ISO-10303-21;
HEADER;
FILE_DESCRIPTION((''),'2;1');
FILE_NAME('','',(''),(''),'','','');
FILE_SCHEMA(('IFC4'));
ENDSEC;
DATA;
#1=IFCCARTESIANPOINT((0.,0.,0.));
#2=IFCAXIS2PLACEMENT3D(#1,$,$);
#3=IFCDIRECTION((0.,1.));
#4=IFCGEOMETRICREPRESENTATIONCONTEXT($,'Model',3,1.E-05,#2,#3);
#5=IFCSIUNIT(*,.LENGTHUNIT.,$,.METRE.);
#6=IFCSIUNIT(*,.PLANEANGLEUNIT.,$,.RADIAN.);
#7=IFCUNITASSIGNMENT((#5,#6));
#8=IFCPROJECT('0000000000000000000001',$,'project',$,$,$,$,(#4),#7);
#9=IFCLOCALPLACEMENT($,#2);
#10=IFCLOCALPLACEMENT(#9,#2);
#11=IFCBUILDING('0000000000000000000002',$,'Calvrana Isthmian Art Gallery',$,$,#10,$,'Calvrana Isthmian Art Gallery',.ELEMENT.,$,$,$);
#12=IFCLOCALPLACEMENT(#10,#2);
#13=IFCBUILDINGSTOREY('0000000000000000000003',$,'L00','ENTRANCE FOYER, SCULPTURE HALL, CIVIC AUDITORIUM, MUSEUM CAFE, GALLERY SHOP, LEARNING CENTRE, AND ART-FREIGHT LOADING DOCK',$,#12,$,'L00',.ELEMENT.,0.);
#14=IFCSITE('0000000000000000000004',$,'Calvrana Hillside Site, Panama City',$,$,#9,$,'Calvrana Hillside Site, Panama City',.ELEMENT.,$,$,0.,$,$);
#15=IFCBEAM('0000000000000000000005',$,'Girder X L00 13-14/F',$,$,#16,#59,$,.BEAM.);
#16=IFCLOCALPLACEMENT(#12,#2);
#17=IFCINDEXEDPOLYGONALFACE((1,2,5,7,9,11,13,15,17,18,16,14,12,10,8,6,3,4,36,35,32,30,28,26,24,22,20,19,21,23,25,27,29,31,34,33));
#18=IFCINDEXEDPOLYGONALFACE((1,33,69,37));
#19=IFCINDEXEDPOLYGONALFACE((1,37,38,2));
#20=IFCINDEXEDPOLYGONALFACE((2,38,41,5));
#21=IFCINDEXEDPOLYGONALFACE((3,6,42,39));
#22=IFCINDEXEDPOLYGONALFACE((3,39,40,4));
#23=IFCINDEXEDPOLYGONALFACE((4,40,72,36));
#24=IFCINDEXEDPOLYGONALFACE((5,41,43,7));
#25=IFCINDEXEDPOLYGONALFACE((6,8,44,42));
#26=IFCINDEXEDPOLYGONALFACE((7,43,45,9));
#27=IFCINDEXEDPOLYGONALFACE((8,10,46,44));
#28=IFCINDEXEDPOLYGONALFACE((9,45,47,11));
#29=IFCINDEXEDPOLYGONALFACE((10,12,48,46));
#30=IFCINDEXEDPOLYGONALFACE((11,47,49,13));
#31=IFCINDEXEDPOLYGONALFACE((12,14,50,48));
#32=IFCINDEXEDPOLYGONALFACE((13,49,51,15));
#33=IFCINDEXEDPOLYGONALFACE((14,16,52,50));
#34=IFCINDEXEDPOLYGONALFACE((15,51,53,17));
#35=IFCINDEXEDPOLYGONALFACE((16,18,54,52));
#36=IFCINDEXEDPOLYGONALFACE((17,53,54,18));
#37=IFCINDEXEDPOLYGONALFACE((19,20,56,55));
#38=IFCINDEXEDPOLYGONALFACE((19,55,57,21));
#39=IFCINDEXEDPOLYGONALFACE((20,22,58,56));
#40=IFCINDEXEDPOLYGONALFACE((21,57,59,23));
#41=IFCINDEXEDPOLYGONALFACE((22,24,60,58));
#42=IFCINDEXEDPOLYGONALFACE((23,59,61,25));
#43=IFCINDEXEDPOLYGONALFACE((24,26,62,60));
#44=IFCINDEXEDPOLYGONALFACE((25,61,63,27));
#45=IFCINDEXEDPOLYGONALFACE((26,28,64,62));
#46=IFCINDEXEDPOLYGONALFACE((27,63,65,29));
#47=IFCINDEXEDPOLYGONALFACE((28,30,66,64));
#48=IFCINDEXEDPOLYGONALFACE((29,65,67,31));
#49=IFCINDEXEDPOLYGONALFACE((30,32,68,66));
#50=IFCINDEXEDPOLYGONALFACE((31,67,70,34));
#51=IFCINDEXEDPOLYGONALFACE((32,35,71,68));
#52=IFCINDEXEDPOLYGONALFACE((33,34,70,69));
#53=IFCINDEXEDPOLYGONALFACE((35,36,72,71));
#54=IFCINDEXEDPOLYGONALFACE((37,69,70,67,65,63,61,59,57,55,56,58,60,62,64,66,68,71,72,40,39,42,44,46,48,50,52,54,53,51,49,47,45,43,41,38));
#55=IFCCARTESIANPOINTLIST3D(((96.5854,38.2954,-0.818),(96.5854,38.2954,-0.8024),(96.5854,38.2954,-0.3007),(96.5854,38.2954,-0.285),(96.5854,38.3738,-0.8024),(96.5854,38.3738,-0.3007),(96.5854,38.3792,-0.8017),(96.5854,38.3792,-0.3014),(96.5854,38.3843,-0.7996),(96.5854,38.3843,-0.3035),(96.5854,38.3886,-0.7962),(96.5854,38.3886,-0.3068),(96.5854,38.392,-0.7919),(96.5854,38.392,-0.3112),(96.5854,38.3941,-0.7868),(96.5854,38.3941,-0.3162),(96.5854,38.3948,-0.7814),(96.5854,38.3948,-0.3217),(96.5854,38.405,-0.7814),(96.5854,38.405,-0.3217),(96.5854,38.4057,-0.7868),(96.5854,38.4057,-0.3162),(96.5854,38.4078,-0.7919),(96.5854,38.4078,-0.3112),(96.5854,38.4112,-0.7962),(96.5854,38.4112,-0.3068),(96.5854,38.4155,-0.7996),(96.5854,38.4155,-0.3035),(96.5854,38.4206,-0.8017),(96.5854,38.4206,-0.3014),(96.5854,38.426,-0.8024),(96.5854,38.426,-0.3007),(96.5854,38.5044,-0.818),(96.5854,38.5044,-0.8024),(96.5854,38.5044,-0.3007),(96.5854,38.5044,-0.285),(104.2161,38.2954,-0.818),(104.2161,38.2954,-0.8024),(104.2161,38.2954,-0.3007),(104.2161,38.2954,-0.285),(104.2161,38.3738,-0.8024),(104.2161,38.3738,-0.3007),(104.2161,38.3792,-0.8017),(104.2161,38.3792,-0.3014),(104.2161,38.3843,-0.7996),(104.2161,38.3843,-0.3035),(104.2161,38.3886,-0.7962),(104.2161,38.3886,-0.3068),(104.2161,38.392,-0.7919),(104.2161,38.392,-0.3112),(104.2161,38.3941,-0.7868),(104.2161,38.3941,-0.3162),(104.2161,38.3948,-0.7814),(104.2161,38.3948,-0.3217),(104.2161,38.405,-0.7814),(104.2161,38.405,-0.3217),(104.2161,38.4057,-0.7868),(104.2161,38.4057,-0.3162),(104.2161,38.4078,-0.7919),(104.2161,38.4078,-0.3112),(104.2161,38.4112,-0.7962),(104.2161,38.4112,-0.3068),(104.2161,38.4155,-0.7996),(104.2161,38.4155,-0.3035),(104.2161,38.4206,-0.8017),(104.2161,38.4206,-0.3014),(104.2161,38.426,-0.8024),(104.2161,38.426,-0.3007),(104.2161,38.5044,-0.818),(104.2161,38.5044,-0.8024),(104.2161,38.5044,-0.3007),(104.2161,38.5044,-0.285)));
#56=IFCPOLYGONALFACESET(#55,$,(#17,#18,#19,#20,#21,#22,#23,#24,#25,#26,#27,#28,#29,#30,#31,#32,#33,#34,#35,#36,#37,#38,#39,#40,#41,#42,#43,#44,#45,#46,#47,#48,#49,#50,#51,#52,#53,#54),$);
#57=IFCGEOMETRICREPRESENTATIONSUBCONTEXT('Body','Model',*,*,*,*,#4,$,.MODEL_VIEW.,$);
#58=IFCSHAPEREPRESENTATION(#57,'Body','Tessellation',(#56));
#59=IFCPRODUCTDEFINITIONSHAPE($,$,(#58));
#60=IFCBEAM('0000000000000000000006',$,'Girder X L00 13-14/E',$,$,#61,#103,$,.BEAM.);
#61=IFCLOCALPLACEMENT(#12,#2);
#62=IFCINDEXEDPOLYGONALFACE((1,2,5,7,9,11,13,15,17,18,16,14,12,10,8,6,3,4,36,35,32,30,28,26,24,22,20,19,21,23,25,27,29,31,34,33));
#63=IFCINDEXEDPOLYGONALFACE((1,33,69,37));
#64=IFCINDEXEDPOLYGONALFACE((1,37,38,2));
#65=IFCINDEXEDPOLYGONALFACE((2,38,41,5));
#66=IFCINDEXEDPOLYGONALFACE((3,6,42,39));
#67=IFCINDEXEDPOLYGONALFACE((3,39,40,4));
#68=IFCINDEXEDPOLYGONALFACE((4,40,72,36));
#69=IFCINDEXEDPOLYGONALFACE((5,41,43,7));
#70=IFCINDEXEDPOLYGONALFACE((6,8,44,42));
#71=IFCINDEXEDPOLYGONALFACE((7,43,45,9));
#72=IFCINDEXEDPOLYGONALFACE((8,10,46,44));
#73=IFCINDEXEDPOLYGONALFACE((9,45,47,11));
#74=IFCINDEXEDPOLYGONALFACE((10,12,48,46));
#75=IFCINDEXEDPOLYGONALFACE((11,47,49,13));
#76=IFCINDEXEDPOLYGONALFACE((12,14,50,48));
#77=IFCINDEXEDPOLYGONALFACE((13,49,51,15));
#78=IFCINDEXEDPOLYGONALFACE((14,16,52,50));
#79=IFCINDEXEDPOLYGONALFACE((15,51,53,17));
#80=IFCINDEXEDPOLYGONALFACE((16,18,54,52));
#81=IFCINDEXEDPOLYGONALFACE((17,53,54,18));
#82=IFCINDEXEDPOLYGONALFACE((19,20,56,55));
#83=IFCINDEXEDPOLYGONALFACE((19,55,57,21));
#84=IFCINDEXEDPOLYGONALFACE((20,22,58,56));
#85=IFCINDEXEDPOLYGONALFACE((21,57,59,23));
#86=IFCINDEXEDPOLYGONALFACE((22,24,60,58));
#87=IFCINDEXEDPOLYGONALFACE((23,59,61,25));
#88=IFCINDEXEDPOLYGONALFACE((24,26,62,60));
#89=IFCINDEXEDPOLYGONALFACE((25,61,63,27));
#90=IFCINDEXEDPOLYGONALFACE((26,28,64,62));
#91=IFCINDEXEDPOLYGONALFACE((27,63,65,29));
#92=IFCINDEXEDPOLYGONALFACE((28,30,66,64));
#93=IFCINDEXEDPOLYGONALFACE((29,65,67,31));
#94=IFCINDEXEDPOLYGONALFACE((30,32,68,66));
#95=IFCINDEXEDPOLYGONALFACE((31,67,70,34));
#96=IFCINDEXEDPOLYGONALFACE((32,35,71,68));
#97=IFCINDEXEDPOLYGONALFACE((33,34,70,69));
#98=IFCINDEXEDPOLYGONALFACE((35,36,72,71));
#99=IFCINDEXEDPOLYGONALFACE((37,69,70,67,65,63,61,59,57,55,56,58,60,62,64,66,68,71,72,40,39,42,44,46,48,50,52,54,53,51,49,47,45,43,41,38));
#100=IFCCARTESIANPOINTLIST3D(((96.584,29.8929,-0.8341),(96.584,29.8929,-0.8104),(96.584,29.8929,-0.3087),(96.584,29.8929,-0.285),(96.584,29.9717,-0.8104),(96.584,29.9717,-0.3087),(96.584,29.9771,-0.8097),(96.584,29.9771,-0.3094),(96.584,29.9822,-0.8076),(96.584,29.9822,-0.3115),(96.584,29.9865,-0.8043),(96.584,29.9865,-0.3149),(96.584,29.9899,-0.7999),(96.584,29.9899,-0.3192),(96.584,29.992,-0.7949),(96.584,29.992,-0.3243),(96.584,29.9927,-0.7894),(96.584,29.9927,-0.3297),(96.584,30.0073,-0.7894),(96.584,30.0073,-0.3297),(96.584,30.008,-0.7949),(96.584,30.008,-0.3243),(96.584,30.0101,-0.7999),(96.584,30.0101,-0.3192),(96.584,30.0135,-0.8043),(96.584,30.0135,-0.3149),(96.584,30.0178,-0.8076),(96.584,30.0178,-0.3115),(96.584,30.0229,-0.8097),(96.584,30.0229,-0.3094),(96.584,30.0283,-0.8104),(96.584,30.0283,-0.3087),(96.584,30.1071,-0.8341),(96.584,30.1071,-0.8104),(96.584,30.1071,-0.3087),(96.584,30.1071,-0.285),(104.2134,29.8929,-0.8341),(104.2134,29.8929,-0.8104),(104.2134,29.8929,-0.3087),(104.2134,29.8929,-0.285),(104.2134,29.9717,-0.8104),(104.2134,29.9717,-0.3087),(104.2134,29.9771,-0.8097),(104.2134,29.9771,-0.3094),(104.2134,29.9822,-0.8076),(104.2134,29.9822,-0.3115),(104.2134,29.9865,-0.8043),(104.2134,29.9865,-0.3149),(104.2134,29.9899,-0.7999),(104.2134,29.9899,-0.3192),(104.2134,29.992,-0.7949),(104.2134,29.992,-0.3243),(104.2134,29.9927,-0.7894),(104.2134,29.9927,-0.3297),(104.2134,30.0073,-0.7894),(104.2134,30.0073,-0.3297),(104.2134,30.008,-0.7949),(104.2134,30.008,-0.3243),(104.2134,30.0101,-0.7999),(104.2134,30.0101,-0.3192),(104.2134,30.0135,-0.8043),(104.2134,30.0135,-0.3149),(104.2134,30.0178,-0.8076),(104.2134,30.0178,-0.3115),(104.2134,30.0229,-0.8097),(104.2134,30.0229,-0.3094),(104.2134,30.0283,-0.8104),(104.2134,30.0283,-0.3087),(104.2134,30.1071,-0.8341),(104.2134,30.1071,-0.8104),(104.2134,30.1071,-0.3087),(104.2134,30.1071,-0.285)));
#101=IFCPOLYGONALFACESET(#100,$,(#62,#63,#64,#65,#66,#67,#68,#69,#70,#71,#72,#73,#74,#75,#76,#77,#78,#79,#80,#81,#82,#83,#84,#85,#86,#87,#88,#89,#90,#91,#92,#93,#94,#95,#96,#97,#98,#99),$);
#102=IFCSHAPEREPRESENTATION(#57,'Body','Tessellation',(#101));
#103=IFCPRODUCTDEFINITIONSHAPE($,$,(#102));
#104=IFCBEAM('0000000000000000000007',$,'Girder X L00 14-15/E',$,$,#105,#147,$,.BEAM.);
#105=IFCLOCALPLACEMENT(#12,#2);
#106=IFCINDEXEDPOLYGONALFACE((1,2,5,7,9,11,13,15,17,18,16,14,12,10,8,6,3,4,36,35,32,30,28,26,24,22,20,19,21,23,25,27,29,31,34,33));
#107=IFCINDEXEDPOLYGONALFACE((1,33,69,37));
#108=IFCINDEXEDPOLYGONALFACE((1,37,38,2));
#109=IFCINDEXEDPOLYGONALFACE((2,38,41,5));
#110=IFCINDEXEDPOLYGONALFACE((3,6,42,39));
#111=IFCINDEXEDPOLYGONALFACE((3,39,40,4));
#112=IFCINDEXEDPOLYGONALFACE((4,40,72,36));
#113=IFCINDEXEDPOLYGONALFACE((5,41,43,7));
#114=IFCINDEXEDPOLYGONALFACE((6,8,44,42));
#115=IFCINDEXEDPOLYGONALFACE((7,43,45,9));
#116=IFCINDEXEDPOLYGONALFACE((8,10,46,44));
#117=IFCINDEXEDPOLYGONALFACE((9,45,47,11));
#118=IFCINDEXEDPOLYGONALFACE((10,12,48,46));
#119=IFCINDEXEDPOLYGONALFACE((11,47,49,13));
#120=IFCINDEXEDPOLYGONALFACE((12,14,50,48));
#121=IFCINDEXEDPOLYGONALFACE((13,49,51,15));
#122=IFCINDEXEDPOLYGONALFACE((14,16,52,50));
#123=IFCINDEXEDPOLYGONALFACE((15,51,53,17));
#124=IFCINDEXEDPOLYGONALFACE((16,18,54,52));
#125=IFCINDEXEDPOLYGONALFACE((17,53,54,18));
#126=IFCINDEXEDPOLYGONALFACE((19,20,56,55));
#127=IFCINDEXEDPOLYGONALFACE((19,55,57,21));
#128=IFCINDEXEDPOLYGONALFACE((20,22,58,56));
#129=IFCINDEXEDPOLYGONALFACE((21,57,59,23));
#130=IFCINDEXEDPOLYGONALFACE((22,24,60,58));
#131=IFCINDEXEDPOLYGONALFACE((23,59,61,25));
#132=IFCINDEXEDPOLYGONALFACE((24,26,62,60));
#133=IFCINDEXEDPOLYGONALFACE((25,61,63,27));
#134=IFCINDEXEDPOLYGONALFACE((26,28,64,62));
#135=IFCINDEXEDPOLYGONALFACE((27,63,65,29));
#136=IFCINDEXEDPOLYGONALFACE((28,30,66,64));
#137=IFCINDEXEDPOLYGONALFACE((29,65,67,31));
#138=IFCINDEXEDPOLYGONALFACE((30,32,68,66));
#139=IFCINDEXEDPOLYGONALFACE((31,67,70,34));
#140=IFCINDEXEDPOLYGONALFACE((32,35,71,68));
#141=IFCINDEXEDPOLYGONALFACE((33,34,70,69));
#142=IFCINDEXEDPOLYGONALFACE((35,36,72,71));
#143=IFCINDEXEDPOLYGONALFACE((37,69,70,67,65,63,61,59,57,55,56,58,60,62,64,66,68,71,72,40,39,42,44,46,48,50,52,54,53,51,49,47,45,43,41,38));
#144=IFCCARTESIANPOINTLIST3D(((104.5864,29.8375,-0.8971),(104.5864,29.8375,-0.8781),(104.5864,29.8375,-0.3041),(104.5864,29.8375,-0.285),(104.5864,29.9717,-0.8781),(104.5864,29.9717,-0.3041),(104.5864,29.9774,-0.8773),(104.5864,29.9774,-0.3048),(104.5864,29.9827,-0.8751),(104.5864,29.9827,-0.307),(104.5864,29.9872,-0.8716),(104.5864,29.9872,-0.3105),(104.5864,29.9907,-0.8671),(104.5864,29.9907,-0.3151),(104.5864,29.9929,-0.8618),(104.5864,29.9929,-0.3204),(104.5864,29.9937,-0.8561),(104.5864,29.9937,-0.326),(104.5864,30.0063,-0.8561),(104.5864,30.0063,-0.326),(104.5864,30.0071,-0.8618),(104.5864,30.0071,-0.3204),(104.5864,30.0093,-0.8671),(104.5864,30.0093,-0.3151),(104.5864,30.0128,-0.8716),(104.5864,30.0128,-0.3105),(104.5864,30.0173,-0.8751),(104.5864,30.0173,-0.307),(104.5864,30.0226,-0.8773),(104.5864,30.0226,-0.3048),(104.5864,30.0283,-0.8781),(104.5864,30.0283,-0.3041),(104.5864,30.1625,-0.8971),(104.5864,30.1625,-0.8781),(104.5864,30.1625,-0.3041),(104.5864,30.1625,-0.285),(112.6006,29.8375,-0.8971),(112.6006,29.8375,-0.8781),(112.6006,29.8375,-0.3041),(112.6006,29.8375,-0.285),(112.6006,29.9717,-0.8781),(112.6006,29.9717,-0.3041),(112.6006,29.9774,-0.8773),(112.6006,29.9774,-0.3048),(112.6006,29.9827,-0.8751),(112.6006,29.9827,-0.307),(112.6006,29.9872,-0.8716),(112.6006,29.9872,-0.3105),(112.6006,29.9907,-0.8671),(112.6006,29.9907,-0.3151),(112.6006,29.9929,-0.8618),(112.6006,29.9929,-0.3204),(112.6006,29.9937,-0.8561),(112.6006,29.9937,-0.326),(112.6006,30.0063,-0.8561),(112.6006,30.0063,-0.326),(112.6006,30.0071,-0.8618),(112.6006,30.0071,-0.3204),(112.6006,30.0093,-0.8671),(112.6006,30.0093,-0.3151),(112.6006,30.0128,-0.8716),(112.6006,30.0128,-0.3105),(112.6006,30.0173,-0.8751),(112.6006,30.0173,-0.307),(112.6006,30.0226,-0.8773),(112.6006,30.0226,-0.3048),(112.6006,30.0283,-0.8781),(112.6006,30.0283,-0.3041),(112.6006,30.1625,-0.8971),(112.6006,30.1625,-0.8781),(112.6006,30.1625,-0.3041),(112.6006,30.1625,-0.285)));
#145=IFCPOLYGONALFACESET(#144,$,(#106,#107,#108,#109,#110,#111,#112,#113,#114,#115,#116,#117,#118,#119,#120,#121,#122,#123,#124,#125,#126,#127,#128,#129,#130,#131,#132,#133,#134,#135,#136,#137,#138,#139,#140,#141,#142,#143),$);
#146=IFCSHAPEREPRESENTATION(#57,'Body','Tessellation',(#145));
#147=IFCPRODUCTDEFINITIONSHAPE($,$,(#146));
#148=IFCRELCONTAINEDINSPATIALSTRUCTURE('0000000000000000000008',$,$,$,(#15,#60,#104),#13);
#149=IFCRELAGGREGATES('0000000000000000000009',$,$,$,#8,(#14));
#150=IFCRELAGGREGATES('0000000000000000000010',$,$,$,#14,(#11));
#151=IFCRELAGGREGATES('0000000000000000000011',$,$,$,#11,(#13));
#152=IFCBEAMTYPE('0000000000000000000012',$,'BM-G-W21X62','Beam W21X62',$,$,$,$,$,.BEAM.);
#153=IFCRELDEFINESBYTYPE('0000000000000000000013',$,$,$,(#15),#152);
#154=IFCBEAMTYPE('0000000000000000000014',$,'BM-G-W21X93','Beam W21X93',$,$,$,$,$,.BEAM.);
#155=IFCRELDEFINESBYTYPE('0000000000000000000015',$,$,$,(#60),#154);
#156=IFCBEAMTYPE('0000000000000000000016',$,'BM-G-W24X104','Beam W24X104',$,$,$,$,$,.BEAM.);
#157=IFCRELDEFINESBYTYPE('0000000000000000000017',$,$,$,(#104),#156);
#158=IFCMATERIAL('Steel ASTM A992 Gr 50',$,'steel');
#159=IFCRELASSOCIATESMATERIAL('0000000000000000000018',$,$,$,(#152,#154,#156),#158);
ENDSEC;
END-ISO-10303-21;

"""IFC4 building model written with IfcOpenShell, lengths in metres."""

from ifc_helpers import new_model, si_unit, direction, frame, origin, origin_2d, place, context, subcontext, project, spatial, i_section, extrude, material, material_profile, profile_set, type_object, element, save


model = new_model("IFC4")

# Units and contexts
model_context = context("Model", 3, precision=1e-05, world=origin(), true_north=direction((0.0, 1.0)))
body_context = subcontext(model_context, "Body", "Model", "MODEL_VIEW")
ifc_project = project(units=[si_unit("LENGTHUNIT", "METRE"), si_unit("PLANEANGLEUNIT", "RADIAN")], contexts=[model_context])

# Site, building, storey
site_placement = place(None, origin())
site = spatial("IfcSite", under=ifc_project, at=site_placement, Name="Calvrana Hillside Site, Panama City", LongName="Calvrana Hillside Site, Panama City", CompositionType="ELEMENT", RefElevation=0.0)
building_placement = place(site_placement, origin())
building = spatial("IfcBuilding", under=site, at=building_placement, Name="Calvrana Isthmian Art Gallery", LongName="Calvrana Isthmian Art Gallery", CompositionType="ELEMENT")
storey_placement = place(building_placement, origin())
storey = spatial("IfcBuildingStorey", under=building, at=storey_placement, Name="L00", Description="ENTRANCE FOYER, SCULPTURE HALL, CIVIC AUDITORIUM, MUSEUM CAFE, GALLERY SHOP, LEARNING CENTRE, AND ART-FREIGHT LOADING DOCK", LongName="L00", CompositionType="ELEMENT", Elevation=0.0)

# Shared definitions
ifc_material_1 = material(Name="Steel ASTM A992 Gr 50", Category="steel")

# Beams
ifc_material_profile_1 = material_profile(ifc_material_1, i_section(OverallWidth=0.209, OverallDepth=0.533, WebThickness=0.0103, FlangeThickness=0.0156, FilletRadius=0.021, at=origin_2d()), Name="W21X62")
ifc_profile_set_1 = profile_set([ifc_material_profile_1], Name="Steel ASTM A992 Gr 50")
beam_type_1 = type_object("IfcBeamType", Name="BM-G-W21X62", Description="Beam W21X62", PredefinedType="BEAM", material=ifc_profile_set_1)
beam_1_placement = place(storey_placement, frame((96.5854, 38.3999, -0.5515), z_axis=(1.0, 0.0, 0.0), x_axis=(0.0, 1.0, 0.0)))
element("IfcBeam", 1, at=beam_1_placement, inside=storey, type_object=beam_type_1, Name="Girder X L00 13-14/F", PredefinedType="BEAM", context=body_context, shape_type="SweptSolid", body=[
    extrude(i_section(OverallWidth=0.209, OverallDepth=0.533, WebThickness=0.0103, FlangeThickness=0.0156, FilletRadius=0.021, at=origin_2d()), origin(), (0.0, 0.0, 1.0), 7.6306),
])
ifc_material_profile_2 = material_profile(ifc_material_1, i_section(OverallWidth=0.2141, OverallDepth=0.5491, WebThickness=0.0146, FlangeThickness=0.0237, FilletRadius=0.021, at=origin_2d()), Name="W21X93")
ifc_profile_set_2 = profile_set([ifc_material_profile_2], Name="Steel ASTM A992 Gr 50")
beam_type_2 = type_object("IfcBeamType", Name="BM-G-W21X93", Description="Beam W21X93", PredefinedType="BEAM", material=ifc_profile_set_2)
beam_2_placement = place(storey_placement, frame((96.584, 30.0, -0.5596), z_axis=(1.0, 0.0, 0.0), x_axis=(0.0, 1.0, 0.0)))
element("IfcBeam", 2, at=beam_2_placement, inside=storey, type_object=beam_type_2, Name="Girder X L00 13-14/E", PredefinedType="BEAM", context=body_context, shape_type="SweptSolid", body=[
    extrude(i_section(OverallWidth=0.2141, OverallDepth=0.5491, WebThickness=0.0146, FlangeThickness=0.0237, FilletRadius=0.021, at=origin_2d()), origin(), (0.0, 0.0, 1.0), 7.6294),
])
ifc_material_profile_3 = material_profile(ifc_material_1, i_section(OverallWidth=0.325, OverallDepth=0.6121, WebThickness=0.0127, FlangeThickness=0.019, FilletRadius=0.022, at=origin_2d()), Name="W24X104")
ifc_profile_set_3 = profile_set([ifc_material_profile_3], Name="Steel ASTM A992 Gr 50")
beam_type_3 = type_object("IfcBeamType", Name="BM-G-W24X104", Description="Beam W24X104", PredefinedType="BEAM", material=ifc_profile_set_3)
beam_3_placement = place(storey_placement, frame((104.5864, 30.0, -0.5911), z_axis=(1.0, 0.0, 0.0), x_axis=(0.0, 1.0, 0.0)))
element("IfcBeam", 3, at=beam_3_placement, inside=storey, type_object=beam_type_3, Name="Girder X L00 14-15/E", PredefinedType="BEAM", context=body_context, shape_type="SweptSolid", body=[
    extrude(i_section(OverallWidth=0.325, OverallDepth=0.6121, WebThickness=0.0127, FlangeThickness=0.019, FilletRadius=0.022, at=origin_2d()), origin(), (0.0, 0.0, 1.0), 8.0142),
])

save(model, "model.ifc")
